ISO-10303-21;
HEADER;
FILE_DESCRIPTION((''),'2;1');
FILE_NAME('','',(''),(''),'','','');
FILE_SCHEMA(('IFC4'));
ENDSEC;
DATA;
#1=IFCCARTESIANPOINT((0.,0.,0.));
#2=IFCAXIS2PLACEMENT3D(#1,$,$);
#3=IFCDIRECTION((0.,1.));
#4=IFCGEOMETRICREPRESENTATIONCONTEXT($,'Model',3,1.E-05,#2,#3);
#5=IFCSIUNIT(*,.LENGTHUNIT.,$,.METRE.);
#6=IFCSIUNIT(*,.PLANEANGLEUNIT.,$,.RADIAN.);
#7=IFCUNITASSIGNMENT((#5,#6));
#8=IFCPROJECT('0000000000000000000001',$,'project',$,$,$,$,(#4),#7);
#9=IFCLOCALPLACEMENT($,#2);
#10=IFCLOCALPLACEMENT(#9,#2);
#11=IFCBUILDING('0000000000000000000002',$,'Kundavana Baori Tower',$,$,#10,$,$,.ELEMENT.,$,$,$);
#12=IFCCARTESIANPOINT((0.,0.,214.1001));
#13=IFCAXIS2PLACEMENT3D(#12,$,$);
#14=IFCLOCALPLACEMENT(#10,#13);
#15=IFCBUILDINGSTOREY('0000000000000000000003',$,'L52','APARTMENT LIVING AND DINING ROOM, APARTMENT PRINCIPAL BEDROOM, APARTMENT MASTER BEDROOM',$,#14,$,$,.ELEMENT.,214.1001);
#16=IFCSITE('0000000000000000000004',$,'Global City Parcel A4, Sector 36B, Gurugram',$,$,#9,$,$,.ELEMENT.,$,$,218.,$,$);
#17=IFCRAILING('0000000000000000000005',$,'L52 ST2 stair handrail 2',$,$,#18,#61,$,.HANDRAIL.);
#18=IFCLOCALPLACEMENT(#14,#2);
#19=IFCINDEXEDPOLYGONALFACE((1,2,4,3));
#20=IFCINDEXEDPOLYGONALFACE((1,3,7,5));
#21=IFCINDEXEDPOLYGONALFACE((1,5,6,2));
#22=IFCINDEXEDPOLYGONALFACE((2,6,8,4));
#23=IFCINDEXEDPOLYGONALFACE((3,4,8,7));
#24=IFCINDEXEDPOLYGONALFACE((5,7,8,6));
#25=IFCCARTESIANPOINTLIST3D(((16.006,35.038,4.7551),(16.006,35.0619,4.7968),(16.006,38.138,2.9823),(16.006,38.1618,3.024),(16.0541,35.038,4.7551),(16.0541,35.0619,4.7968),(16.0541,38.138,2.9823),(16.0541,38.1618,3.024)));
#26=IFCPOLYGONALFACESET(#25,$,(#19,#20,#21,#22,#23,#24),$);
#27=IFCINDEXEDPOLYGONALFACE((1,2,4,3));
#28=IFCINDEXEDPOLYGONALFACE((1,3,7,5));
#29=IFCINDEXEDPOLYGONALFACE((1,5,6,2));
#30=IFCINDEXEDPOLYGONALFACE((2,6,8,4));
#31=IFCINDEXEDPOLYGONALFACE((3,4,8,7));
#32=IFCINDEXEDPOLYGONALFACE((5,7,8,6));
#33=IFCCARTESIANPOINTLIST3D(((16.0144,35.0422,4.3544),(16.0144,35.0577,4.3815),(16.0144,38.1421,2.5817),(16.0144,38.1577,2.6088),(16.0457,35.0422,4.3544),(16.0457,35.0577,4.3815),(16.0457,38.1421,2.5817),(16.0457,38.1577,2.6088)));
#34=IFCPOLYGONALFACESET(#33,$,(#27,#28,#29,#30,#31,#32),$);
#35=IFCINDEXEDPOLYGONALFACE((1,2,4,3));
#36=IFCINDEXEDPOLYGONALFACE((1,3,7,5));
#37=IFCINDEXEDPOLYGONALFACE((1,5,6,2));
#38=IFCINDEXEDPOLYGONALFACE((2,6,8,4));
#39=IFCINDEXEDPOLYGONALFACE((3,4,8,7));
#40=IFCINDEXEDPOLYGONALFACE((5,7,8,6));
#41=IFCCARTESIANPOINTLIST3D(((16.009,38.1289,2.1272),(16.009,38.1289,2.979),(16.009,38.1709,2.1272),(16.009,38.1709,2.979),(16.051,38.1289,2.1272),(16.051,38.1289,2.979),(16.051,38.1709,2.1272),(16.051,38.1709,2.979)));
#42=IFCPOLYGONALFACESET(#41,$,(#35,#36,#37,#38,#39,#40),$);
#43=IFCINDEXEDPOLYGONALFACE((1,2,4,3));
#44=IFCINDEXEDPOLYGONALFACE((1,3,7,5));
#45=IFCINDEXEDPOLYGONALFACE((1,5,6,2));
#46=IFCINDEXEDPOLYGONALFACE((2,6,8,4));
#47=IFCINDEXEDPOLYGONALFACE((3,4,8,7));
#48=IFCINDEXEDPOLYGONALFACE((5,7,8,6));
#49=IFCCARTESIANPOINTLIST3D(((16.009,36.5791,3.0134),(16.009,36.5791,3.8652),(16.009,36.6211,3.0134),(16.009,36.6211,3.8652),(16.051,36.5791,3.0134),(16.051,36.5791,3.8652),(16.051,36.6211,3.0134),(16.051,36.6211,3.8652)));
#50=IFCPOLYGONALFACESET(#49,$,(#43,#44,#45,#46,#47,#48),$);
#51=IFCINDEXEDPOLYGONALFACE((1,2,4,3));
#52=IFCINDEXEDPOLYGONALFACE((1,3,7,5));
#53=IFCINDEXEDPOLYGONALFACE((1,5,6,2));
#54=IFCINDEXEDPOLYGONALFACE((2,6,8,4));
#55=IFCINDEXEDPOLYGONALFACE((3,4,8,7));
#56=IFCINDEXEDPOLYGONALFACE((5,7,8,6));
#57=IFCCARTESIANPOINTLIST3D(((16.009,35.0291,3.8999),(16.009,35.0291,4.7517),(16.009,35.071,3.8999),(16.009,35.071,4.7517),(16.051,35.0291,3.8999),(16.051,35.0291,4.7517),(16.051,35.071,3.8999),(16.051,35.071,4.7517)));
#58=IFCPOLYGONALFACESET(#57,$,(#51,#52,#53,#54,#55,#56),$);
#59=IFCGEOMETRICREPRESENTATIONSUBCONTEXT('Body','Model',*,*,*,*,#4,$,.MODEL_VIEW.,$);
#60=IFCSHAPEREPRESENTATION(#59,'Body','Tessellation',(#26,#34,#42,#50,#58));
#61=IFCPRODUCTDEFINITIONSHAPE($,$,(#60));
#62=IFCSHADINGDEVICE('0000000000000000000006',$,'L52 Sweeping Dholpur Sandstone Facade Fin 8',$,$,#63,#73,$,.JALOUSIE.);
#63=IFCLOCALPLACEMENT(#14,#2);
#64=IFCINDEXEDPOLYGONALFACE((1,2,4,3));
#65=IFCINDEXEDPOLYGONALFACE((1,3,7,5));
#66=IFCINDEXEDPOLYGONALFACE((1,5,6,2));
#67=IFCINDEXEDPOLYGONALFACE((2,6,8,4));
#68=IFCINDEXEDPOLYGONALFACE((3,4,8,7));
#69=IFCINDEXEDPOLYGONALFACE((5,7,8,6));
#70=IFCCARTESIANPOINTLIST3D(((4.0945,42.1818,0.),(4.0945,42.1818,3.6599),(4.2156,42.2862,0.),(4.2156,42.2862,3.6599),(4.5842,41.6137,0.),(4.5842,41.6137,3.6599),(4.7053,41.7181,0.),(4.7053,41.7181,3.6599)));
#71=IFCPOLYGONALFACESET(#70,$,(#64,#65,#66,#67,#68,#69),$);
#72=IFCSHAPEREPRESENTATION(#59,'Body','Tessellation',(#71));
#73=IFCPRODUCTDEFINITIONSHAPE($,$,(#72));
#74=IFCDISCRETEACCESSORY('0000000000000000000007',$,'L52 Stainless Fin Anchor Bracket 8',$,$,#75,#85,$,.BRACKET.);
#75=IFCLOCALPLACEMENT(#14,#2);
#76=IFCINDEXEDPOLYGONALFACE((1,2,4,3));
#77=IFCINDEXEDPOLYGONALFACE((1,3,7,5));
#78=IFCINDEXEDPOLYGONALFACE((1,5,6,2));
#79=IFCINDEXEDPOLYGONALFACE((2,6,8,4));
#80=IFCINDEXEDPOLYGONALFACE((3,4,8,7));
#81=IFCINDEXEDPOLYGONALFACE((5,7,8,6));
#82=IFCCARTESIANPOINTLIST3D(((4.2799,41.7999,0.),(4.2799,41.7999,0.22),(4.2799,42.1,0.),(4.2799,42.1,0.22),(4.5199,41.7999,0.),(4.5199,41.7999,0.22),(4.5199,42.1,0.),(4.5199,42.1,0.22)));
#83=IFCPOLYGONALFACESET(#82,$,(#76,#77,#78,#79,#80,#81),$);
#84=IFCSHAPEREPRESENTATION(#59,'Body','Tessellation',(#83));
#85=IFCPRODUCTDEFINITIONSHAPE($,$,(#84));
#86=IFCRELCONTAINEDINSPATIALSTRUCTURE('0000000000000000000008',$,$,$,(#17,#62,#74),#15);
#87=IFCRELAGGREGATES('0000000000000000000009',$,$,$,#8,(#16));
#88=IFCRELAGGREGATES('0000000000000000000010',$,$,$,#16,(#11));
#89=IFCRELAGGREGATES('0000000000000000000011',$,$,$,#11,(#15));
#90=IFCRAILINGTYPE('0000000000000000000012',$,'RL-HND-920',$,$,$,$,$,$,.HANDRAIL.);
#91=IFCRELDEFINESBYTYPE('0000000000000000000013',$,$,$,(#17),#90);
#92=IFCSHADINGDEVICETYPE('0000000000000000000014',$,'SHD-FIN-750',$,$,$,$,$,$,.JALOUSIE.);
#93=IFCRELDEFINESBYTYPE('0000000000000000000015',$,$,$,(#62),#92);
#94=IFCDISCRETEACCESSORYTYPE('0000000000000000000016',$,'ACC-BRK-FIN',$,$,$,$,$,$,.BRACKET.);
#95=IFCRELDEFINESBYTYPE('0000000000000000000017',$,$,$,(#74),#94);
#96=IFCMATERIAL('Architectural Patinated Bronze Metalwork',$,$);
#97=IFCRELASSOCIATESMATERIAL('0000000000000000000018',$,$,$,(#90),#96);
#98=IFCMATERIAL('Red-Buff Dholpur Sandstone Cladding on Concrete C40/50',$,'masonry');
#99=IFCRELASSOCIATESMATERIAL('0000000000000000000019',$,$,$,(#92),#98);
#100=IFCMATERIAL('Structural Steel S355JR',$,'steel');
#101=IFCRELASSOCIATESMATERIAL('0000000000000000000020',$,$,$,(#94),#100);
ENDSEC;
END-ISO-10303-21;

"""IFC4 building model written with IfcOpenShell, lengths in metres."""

from ifc_helpers import new_model, si_unit, direction, frame, origin, origin_2d, place, context, subcontext, project, spatial, rectangle, extrude, material, type_object, element, save


model = new_model("IFC4")

# Units and contexts
model_context = context("Model", 3, precision=1e-05, world=origin(), true_north=direction((0.0, 1.0)))
body_context = subcontext(model_context, "Body", "Model", "MODEL_VIEW")
ifc_project = project(units=[si_unit("LENGTHUNIT", "METRE"), si_unit("PLANEANGLEUNIT", "RADIAN")], contexts=[model_context])

# Site, building, storey
site_placement = place(None, origin())
site = spatial("IfcSite", under=ifc_project, at=site_placement, Name="Global City Parcel A4, Sector 36B, Gurugram", CompositionType="ELEMENT", RefElevation=218.0)
building_placement = place(site_placement, origin())
building = spatial("IfcBuilding", under=site, at=building_placement, Name="Kundavana Baori Tower", CompositionType="ELEMENT")
storey_placement = place(building_placement, frame((0.0, 0.0, 214.1001)))
storey = spatial("IfcBuildingStorey", under=building, at=storey_placement, Name="L52", Description="APARTMENT LIVING AND DINING ROOM, APARTMENT PRINCIPAL BEDROOM, APARTMENT MASTER BEDROOM", CompositionType="ELEMENT", Elevation=214.1001)

# Railing
ifc_material_1 = material(Name="Architectural Patinated Bronze Metalwork")
railing_type_1 = type_object("IfcRailingType", Name="RL-HND-920", PredefinedType="HANDRAIL", material=ifc_material_1)
railing_1_placement = place(storey_placement, frame((16.03, 38.1499, 2.1272)))
element("IfcRailing", 1, at=railing_1_placement, inside=storey, type_object=railing_type_1, Name="L52 ST2 stair handrail 2", PredefinedType="HANDRAIL", context=body_context, shape_type="SweptSolid", body=[
    extrude(rectangle(XDim=0.0481, YDim=0.0481, at=origin_2d()), frame((0.0, 0.0, 0.876), z_axis=(0.0, -0.868079, 0.496426), x_axis=(1.0, 0.0, 0.0)), (0.0, 0.0, 1.0), 3.571),
    extrude(rectangle(XDim=0.0312, YDim=0.0312, at=origin_2d()), frame((0.0, 0.0, 0.468), z_axis=(0.0, -0.868079, 0.496426), x_axis=(1.0, 0.0, 0.0)), (0.0, 0.0, 1.0), 3.571),
    extrude(rectangle(XDim=0.042, YDim=0.042, at=origin_2d()), origin(), (0.0, 0.0, 1.0), 0.8518),
    extrude(rectangle(XDim=0.042, YDim=0.042, at=origin_2d()), frame((0.0, -1.5498, 0.8862)), (0.0, 0.0, 1.0), 0.8518),
    extrude(rectangle(XDim=0.042, YDim=0.042, at=origin_2d()), frame((0.0, -3.0999, 1.7727)), (0.0, 0.0, 1.0), 0.8518),
])

# Shading device
ifc_material_2 = material(Name="Red-Buff Dholpur Sandstone Cladding on Concrete C40/50", Category="masonry")
shading_device_type = type_object("IfcShadingDeviceType", Name="SHD-FIN-750", PredefinedType="JALOUSIE", material=ifc_material_2)
shading_device_placement = place(storey_placement, frame((4.3999, 41.95, 0.0), z_axis=(0.0, 0.0, 1.0), x_axis=(0.757451, 0.652892, 0.0)))
element("IfcShadingDevice", 2, at=shading_device_placement, inside=storey, type_object=shading_device_type, Name="L52 Sweeping Dholpur Sandstone Facade Fin 8", PredefinedType="JALOUSIE", context=body_context, shape_type="SweptSolid", body=[
    extrude(rectangle(XDim=0.1599, YDim=0.75, at=origin_2d()), origin(), (0.0, 0.0, 1.0), 3.6599),
])

# Discrete accessory
ifc_material_3 = material(Name="Structural Steel S355JR", Category="steel")
discrete_accessory_type = type_object("IfcDiscreteAccessoryType", Name="ACC-BRK-FIN", PredefinedType="BRACKET", material=ifc_material_3)
discrete_accessory_placement = place(storey_placement, frame((4.3999, 41.95, 0.0), z_axis=(0.0, 0.0, 1.0), x_axis=(1.0, 0.0, 0.0)))
element("IfcDiscreteAccessory", 3, at=discrete_accessory_placement, inside=storey, type_object=discrete_accessory_type, Name="L52 Stainless Fin Anchor Bracket 8", PredefinedType="BRACKET", context=body_context, shape_type="SweptSolid", body=[
    extrude(rectangle(XDim=0.24, YDim=0.3, at=origin_2d()), origin(), (0.0, 0.0, 1.0), 0.22),
])

save(model, "model.ifc")
